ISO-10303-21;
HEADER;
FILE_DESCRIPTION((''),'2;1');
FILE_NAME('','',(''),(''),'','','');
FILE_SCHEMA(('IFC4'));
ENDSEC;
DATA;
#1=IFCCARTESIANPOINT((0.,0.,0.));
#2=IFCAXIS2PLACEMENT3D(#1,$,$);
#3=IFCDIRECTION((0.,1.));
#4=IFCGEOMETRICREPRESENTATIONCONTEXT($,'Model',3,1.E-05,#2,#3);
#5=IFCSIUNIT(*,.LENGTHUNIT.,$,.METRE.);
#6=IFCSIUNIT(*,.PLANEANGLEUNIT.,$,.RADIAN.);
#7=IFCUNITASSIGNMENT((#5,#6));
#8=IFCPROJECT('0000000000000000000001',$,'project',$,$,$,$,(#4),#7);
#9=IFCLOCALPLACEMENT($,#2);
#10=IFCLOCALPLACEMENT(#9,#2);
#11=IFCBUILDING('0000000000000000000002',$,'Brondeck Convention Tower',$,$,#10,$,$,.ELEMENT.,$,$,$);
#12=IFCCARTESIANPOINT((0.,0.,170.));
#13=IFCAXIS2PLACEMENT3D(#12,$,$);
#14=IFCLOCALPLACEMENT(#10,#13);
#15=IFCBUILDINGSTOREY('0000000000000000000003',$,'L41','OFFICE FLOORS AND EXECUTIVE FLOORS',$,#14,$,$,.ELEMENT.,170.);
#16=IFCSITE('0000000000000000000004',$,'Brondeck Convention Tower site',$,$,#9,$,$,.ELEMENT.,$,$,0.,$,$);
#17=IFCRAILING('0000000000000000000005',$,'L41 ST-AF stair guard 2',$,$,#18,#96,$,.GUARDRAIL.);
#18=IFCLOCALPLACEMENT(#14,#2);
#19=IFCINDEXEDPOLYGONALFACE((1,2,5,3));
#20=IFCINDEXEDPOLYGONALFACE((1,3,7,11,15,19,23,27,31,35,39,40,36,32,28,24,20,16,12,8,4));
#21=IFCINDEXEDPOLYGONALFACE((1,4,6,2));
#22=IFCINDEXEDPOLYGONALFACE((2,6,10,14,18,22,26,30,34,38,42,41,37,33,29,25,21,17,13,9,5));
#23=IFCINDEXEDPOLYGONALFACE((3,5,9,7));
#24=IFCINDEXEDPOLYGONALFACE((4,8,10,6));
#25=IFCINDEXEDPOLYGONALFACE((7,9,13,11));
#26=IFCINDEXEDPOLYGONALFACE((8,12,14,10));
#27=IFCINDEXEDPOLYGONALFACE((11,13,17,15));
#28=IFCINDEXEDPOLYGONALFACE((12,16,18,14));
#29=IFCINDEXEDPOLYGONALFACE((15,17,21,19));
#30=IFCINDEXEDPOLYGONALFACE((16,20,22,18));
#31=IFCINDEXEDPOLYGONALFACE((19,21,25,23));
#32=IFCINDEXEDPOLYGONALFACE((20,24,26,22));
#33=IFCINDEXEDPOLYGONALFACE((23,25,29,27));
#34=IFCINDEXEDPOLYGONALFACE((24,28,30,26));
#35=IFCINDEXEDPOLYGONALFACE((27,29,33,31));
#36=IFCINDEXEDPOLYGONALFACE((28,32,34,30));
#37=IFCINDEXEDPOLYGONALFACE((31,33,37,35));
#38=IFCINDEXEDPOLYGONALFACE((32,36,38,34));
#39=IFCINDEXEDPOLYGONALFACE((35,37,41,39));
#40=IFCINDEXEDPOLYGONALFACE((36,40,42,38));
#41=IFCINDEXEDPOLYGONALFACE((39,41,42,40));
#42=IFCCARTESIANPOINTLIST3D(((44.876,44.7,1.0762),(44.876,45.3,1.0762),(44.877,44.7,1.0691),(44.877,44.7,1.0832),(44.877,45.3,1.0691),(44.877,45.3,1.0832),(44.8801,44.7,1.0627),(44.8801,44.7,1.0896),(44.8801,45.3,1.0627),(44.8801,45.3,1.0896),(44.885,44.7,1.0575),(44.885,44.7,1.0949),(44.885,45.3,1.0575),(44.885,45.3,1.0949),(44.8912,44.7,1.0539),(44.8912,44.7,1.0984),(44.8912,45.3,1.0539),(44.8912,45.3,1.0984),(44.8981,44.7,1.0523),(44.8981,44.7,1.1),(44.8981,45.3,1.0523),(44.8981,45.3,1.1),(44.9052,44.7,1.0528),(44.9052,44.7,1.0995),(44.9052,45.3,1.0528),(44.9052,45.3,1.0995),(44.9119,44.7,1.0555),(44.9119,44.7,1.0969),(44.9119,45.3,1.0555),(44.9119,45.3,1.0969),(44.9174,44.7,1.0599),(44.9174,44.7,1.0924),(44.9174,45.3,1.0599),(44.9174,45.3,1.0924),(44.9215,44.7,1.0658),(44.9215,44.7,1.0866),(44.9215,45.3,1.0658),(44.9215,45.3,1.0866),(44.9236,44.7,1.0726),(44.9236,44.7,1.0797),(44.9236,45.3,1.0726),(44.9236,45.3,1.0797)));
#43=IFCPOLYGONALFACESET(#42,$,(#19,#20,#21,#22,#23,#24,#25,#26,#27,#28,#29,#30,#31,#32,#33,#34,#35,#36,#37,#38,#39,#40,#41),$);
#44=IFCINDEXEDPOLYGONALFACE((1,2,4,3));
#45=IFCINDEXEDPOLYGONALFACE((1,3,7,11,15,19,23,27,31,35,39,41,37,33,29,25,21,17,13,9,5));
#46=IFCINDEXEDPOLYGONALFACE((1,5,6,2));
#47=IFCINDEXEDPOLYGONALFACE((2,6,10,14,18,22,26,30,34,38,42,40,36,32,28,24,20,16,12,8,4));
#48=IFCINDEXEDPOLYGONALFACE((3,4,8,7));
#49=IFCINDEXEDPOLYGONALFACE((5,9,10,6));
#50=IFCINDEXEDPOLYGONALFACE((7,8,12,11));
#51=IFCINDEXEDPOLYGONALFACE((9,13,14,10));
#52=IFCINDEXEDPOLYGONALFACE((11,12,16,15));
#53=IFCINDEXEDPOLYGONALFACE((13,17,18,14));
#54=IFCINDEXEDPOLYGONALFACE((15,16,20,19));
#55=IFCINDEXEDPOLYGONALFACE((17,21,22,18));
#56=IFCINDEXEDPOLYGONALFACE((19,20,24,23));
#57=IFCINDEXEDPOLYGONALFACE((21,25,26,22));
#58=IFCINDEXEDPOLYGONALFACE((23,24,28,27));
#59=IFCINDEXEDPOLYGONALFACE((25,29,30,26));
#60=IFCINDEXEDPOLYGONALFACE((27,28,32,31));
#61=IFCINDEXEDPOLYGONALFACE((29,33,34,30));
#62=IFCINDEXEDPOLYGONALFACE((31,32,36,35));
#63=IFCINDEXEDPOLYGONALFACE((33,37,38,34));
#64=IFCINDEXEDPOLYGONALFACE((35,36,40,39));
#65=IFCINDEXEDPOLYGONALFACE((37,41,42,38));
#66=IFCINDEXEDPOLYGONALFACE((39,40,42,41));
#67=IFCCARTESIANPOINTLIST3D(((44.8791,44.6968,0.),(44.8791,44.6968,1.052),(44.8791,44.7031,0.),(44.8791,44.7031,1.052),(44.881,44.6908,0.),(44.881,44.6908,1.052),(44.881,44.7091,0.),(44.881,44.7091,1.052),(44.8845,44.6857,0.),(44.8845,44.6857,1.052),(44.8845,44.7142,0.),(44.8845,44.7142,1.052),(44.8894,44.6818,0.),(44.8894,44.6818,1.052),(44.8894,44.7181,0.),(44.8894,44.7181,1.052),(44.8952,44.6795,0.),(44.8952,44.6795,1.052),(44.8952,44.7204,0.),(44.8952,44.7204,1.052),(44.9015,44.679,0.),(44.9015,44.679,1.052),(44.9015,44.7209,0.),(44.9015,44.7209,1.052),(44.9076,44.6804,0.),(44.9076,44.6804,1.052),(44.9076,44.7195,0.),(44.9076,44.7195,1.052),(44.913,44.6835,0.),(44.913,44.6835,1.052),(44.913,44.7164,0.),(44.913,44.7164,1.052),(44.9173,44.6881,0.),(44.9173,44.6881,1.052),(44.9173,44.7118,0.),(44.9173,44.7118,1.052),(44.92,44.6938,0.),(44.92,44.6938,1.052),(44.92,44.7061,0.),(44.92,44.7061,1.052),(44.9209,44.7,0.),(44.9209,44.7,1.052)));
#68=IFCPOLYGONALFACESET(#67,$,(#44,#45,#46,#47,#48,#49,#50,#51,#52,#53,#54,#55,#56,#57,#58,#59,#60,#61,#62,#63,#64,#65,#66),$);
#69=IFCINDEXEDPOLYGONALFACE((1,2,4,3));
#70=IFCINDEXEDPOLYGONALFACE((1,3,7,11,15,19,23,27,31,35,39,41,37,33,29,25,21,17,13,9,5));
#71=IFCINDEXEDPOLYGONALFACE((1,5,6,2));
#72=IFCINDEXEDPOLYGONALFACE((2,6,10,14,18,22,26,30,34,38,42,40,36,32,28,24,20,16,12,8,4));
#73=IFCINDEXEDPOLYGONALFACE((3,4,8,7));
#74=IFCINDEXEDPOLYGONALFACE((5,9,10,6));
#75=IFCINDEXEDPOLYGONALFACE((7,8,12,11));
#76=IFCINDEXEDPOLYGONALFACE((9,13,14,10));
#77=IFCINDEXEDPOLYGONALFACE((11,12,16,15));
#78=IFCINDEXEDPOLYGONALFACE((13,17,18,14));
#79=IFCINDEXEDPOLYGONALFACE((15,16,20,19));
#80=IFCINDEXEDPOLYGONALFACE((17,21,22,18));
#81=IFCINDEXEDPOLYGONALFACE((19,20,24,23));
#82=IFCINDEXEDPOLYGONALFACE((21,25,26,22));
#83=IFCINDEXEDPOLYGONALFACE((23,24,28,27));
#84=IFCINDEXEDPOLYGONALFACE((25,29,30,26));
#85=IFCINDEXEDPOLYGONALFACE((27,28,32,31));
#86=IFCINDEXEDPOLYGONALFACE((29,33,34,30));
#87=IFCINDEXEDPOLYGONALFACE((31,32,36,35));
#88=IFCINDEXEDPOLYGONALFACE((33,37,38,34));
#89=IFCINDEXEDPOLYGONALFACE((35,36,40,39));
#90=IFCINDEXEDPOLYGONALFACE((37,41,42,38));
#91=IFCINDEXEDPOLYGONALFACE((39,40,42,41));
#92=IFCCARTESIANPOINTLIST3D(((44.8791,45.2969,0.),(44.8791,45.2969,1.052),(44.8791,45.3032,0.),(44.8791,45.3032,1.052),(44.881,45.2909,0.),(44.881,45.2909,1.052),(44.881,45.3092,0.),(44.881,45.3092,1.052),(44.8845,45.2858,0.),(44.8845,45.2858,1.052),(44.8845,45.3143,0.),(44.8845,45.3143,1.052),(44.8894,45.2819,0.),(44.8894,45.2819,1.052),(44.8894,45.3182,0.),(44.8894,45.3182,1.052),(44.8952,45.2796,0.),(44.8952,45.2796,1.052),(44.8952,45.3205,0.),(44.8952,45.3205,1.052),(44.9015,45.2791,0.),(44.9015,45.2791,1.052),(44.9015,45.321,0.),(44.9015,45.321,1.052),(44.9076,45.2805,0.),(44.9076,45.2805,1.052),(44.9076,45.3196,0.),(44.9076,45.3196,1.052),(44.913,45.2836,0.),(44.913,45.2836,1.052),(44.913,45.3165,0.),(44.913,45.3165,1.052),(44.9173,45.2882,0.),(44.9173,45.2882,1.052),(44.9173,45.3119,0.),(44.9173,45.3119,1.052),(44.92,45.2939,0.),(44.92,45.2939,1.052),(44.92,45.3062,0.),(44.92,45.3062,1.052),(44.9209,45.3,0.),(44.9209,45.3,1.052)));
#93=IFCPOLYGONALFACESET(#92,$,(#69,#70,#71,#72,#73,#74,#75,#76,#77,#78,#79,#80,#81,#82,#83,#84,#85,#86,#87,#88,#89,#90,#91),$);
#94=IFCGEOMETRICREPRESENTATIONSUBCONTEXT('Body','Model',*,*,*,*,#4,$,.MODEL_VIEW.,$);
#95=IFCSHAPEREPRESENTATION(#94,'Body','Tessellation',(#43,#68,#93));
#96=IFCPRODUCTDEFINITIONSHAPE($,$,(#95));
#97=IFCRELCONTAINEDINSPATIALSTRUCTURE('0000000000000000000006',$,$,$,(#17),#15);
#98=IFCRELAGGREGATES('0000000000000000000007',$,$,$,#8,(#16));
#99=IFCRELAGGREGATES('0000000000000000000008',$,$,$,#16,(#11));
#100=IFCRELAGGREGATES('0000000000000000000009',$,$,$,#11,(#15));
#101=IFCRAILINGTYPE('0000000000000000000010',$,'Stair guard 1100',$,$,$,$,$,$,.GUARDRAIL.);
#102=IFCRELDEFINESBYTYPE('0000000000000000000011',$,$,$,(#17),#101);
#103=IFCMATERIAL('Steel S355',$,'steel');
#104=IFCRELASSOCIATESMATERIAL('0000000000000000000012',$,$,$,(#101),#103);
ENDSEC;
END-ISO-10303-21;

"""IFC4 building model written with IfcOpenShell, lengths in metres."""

from ifc_helpers import new_model, si_unit, direction, frame, origin, origin_2d, place, context, subcontext, project, spatial, circle, extrude, material, type_object, element, save


model = new_model("IFC4")

# Units and contexts
model_context = context("Model", 3, precision=1e-05, world=origin(), true_north=direction((0.0, 1.0)))
body_context = subcontext(model_context, "Body", "Model", "MODEL_VIEW")
ifc_project = project(units=[si_unit("LENGTHUNIT", "METRE"), si_unit("PLANEANGLEUNIT", "RADIAN")], contexts=[model_context])

# Site, building, storey
site_placement = place(None, origin())
site = spatial("IfcSite", under=ifc_project, at=site_placement, Name="Brondeck Convention Tower site", CompositionType="ELEMENT", RefElevation=0.0)
building_placement = place(site_placement, origin())
building = spatial("IfcBuilding", under=site, at=building_placement, Name="Brondeck Convention Tower", CompositionType="ELEMENT")
storey_placement = place(building_placement, frame((0.0, 0.0, 170.0)))
storey = spatial("IfcBuildingStorey", under=building, at=storey_placement, Name="L41", Description="OFFICE FLOORS AND EXECUTIVE FLOORS", CompositionType="ELEMENT", Elevation=170.0)

# Shared definitions
ifc_material_1 = material(Name="Steel S355", Category="steel")

# Railing
railing_type_1 = type_object("IfcRailingType", Name="Stair guard 1100", PredefinedType="GUARDRAIL", material=ifc_material_1)
railing_1_placement = place(storey_placement, frame((44.8999, 44.7, 0.0)))
element("IfcRailing", 1, at=railing_1_placement, inside=storey, type_object=railing_type_1, Name="L41 ST-AF stair guard 2", PredefinedType="GUARDRAIL", context=body_context, shape_type="SweptSolid", body=[
    extrude(circle(Radius=0.0239, at=origin_2d()), frame((0.0, 0.0, 1.0762), z_axis=(0.0, 1.0, 0.0), x_axis=(-1.0, 0.0, 0.0)), (0.0, 0.0, 1.0), 0.6001),
    extrude(circle(Radius=0.021, at=origin_2d()), origin(), (0.0, 0.0, 1.0), 1.052),
    extrude(circle(Radius=0.021, at=origin_2d()), frame((0.0, 0.6001, 0.0)), (0.0, 0.0, 1.0), 1.052),
])

save(model, "model.ifc")
